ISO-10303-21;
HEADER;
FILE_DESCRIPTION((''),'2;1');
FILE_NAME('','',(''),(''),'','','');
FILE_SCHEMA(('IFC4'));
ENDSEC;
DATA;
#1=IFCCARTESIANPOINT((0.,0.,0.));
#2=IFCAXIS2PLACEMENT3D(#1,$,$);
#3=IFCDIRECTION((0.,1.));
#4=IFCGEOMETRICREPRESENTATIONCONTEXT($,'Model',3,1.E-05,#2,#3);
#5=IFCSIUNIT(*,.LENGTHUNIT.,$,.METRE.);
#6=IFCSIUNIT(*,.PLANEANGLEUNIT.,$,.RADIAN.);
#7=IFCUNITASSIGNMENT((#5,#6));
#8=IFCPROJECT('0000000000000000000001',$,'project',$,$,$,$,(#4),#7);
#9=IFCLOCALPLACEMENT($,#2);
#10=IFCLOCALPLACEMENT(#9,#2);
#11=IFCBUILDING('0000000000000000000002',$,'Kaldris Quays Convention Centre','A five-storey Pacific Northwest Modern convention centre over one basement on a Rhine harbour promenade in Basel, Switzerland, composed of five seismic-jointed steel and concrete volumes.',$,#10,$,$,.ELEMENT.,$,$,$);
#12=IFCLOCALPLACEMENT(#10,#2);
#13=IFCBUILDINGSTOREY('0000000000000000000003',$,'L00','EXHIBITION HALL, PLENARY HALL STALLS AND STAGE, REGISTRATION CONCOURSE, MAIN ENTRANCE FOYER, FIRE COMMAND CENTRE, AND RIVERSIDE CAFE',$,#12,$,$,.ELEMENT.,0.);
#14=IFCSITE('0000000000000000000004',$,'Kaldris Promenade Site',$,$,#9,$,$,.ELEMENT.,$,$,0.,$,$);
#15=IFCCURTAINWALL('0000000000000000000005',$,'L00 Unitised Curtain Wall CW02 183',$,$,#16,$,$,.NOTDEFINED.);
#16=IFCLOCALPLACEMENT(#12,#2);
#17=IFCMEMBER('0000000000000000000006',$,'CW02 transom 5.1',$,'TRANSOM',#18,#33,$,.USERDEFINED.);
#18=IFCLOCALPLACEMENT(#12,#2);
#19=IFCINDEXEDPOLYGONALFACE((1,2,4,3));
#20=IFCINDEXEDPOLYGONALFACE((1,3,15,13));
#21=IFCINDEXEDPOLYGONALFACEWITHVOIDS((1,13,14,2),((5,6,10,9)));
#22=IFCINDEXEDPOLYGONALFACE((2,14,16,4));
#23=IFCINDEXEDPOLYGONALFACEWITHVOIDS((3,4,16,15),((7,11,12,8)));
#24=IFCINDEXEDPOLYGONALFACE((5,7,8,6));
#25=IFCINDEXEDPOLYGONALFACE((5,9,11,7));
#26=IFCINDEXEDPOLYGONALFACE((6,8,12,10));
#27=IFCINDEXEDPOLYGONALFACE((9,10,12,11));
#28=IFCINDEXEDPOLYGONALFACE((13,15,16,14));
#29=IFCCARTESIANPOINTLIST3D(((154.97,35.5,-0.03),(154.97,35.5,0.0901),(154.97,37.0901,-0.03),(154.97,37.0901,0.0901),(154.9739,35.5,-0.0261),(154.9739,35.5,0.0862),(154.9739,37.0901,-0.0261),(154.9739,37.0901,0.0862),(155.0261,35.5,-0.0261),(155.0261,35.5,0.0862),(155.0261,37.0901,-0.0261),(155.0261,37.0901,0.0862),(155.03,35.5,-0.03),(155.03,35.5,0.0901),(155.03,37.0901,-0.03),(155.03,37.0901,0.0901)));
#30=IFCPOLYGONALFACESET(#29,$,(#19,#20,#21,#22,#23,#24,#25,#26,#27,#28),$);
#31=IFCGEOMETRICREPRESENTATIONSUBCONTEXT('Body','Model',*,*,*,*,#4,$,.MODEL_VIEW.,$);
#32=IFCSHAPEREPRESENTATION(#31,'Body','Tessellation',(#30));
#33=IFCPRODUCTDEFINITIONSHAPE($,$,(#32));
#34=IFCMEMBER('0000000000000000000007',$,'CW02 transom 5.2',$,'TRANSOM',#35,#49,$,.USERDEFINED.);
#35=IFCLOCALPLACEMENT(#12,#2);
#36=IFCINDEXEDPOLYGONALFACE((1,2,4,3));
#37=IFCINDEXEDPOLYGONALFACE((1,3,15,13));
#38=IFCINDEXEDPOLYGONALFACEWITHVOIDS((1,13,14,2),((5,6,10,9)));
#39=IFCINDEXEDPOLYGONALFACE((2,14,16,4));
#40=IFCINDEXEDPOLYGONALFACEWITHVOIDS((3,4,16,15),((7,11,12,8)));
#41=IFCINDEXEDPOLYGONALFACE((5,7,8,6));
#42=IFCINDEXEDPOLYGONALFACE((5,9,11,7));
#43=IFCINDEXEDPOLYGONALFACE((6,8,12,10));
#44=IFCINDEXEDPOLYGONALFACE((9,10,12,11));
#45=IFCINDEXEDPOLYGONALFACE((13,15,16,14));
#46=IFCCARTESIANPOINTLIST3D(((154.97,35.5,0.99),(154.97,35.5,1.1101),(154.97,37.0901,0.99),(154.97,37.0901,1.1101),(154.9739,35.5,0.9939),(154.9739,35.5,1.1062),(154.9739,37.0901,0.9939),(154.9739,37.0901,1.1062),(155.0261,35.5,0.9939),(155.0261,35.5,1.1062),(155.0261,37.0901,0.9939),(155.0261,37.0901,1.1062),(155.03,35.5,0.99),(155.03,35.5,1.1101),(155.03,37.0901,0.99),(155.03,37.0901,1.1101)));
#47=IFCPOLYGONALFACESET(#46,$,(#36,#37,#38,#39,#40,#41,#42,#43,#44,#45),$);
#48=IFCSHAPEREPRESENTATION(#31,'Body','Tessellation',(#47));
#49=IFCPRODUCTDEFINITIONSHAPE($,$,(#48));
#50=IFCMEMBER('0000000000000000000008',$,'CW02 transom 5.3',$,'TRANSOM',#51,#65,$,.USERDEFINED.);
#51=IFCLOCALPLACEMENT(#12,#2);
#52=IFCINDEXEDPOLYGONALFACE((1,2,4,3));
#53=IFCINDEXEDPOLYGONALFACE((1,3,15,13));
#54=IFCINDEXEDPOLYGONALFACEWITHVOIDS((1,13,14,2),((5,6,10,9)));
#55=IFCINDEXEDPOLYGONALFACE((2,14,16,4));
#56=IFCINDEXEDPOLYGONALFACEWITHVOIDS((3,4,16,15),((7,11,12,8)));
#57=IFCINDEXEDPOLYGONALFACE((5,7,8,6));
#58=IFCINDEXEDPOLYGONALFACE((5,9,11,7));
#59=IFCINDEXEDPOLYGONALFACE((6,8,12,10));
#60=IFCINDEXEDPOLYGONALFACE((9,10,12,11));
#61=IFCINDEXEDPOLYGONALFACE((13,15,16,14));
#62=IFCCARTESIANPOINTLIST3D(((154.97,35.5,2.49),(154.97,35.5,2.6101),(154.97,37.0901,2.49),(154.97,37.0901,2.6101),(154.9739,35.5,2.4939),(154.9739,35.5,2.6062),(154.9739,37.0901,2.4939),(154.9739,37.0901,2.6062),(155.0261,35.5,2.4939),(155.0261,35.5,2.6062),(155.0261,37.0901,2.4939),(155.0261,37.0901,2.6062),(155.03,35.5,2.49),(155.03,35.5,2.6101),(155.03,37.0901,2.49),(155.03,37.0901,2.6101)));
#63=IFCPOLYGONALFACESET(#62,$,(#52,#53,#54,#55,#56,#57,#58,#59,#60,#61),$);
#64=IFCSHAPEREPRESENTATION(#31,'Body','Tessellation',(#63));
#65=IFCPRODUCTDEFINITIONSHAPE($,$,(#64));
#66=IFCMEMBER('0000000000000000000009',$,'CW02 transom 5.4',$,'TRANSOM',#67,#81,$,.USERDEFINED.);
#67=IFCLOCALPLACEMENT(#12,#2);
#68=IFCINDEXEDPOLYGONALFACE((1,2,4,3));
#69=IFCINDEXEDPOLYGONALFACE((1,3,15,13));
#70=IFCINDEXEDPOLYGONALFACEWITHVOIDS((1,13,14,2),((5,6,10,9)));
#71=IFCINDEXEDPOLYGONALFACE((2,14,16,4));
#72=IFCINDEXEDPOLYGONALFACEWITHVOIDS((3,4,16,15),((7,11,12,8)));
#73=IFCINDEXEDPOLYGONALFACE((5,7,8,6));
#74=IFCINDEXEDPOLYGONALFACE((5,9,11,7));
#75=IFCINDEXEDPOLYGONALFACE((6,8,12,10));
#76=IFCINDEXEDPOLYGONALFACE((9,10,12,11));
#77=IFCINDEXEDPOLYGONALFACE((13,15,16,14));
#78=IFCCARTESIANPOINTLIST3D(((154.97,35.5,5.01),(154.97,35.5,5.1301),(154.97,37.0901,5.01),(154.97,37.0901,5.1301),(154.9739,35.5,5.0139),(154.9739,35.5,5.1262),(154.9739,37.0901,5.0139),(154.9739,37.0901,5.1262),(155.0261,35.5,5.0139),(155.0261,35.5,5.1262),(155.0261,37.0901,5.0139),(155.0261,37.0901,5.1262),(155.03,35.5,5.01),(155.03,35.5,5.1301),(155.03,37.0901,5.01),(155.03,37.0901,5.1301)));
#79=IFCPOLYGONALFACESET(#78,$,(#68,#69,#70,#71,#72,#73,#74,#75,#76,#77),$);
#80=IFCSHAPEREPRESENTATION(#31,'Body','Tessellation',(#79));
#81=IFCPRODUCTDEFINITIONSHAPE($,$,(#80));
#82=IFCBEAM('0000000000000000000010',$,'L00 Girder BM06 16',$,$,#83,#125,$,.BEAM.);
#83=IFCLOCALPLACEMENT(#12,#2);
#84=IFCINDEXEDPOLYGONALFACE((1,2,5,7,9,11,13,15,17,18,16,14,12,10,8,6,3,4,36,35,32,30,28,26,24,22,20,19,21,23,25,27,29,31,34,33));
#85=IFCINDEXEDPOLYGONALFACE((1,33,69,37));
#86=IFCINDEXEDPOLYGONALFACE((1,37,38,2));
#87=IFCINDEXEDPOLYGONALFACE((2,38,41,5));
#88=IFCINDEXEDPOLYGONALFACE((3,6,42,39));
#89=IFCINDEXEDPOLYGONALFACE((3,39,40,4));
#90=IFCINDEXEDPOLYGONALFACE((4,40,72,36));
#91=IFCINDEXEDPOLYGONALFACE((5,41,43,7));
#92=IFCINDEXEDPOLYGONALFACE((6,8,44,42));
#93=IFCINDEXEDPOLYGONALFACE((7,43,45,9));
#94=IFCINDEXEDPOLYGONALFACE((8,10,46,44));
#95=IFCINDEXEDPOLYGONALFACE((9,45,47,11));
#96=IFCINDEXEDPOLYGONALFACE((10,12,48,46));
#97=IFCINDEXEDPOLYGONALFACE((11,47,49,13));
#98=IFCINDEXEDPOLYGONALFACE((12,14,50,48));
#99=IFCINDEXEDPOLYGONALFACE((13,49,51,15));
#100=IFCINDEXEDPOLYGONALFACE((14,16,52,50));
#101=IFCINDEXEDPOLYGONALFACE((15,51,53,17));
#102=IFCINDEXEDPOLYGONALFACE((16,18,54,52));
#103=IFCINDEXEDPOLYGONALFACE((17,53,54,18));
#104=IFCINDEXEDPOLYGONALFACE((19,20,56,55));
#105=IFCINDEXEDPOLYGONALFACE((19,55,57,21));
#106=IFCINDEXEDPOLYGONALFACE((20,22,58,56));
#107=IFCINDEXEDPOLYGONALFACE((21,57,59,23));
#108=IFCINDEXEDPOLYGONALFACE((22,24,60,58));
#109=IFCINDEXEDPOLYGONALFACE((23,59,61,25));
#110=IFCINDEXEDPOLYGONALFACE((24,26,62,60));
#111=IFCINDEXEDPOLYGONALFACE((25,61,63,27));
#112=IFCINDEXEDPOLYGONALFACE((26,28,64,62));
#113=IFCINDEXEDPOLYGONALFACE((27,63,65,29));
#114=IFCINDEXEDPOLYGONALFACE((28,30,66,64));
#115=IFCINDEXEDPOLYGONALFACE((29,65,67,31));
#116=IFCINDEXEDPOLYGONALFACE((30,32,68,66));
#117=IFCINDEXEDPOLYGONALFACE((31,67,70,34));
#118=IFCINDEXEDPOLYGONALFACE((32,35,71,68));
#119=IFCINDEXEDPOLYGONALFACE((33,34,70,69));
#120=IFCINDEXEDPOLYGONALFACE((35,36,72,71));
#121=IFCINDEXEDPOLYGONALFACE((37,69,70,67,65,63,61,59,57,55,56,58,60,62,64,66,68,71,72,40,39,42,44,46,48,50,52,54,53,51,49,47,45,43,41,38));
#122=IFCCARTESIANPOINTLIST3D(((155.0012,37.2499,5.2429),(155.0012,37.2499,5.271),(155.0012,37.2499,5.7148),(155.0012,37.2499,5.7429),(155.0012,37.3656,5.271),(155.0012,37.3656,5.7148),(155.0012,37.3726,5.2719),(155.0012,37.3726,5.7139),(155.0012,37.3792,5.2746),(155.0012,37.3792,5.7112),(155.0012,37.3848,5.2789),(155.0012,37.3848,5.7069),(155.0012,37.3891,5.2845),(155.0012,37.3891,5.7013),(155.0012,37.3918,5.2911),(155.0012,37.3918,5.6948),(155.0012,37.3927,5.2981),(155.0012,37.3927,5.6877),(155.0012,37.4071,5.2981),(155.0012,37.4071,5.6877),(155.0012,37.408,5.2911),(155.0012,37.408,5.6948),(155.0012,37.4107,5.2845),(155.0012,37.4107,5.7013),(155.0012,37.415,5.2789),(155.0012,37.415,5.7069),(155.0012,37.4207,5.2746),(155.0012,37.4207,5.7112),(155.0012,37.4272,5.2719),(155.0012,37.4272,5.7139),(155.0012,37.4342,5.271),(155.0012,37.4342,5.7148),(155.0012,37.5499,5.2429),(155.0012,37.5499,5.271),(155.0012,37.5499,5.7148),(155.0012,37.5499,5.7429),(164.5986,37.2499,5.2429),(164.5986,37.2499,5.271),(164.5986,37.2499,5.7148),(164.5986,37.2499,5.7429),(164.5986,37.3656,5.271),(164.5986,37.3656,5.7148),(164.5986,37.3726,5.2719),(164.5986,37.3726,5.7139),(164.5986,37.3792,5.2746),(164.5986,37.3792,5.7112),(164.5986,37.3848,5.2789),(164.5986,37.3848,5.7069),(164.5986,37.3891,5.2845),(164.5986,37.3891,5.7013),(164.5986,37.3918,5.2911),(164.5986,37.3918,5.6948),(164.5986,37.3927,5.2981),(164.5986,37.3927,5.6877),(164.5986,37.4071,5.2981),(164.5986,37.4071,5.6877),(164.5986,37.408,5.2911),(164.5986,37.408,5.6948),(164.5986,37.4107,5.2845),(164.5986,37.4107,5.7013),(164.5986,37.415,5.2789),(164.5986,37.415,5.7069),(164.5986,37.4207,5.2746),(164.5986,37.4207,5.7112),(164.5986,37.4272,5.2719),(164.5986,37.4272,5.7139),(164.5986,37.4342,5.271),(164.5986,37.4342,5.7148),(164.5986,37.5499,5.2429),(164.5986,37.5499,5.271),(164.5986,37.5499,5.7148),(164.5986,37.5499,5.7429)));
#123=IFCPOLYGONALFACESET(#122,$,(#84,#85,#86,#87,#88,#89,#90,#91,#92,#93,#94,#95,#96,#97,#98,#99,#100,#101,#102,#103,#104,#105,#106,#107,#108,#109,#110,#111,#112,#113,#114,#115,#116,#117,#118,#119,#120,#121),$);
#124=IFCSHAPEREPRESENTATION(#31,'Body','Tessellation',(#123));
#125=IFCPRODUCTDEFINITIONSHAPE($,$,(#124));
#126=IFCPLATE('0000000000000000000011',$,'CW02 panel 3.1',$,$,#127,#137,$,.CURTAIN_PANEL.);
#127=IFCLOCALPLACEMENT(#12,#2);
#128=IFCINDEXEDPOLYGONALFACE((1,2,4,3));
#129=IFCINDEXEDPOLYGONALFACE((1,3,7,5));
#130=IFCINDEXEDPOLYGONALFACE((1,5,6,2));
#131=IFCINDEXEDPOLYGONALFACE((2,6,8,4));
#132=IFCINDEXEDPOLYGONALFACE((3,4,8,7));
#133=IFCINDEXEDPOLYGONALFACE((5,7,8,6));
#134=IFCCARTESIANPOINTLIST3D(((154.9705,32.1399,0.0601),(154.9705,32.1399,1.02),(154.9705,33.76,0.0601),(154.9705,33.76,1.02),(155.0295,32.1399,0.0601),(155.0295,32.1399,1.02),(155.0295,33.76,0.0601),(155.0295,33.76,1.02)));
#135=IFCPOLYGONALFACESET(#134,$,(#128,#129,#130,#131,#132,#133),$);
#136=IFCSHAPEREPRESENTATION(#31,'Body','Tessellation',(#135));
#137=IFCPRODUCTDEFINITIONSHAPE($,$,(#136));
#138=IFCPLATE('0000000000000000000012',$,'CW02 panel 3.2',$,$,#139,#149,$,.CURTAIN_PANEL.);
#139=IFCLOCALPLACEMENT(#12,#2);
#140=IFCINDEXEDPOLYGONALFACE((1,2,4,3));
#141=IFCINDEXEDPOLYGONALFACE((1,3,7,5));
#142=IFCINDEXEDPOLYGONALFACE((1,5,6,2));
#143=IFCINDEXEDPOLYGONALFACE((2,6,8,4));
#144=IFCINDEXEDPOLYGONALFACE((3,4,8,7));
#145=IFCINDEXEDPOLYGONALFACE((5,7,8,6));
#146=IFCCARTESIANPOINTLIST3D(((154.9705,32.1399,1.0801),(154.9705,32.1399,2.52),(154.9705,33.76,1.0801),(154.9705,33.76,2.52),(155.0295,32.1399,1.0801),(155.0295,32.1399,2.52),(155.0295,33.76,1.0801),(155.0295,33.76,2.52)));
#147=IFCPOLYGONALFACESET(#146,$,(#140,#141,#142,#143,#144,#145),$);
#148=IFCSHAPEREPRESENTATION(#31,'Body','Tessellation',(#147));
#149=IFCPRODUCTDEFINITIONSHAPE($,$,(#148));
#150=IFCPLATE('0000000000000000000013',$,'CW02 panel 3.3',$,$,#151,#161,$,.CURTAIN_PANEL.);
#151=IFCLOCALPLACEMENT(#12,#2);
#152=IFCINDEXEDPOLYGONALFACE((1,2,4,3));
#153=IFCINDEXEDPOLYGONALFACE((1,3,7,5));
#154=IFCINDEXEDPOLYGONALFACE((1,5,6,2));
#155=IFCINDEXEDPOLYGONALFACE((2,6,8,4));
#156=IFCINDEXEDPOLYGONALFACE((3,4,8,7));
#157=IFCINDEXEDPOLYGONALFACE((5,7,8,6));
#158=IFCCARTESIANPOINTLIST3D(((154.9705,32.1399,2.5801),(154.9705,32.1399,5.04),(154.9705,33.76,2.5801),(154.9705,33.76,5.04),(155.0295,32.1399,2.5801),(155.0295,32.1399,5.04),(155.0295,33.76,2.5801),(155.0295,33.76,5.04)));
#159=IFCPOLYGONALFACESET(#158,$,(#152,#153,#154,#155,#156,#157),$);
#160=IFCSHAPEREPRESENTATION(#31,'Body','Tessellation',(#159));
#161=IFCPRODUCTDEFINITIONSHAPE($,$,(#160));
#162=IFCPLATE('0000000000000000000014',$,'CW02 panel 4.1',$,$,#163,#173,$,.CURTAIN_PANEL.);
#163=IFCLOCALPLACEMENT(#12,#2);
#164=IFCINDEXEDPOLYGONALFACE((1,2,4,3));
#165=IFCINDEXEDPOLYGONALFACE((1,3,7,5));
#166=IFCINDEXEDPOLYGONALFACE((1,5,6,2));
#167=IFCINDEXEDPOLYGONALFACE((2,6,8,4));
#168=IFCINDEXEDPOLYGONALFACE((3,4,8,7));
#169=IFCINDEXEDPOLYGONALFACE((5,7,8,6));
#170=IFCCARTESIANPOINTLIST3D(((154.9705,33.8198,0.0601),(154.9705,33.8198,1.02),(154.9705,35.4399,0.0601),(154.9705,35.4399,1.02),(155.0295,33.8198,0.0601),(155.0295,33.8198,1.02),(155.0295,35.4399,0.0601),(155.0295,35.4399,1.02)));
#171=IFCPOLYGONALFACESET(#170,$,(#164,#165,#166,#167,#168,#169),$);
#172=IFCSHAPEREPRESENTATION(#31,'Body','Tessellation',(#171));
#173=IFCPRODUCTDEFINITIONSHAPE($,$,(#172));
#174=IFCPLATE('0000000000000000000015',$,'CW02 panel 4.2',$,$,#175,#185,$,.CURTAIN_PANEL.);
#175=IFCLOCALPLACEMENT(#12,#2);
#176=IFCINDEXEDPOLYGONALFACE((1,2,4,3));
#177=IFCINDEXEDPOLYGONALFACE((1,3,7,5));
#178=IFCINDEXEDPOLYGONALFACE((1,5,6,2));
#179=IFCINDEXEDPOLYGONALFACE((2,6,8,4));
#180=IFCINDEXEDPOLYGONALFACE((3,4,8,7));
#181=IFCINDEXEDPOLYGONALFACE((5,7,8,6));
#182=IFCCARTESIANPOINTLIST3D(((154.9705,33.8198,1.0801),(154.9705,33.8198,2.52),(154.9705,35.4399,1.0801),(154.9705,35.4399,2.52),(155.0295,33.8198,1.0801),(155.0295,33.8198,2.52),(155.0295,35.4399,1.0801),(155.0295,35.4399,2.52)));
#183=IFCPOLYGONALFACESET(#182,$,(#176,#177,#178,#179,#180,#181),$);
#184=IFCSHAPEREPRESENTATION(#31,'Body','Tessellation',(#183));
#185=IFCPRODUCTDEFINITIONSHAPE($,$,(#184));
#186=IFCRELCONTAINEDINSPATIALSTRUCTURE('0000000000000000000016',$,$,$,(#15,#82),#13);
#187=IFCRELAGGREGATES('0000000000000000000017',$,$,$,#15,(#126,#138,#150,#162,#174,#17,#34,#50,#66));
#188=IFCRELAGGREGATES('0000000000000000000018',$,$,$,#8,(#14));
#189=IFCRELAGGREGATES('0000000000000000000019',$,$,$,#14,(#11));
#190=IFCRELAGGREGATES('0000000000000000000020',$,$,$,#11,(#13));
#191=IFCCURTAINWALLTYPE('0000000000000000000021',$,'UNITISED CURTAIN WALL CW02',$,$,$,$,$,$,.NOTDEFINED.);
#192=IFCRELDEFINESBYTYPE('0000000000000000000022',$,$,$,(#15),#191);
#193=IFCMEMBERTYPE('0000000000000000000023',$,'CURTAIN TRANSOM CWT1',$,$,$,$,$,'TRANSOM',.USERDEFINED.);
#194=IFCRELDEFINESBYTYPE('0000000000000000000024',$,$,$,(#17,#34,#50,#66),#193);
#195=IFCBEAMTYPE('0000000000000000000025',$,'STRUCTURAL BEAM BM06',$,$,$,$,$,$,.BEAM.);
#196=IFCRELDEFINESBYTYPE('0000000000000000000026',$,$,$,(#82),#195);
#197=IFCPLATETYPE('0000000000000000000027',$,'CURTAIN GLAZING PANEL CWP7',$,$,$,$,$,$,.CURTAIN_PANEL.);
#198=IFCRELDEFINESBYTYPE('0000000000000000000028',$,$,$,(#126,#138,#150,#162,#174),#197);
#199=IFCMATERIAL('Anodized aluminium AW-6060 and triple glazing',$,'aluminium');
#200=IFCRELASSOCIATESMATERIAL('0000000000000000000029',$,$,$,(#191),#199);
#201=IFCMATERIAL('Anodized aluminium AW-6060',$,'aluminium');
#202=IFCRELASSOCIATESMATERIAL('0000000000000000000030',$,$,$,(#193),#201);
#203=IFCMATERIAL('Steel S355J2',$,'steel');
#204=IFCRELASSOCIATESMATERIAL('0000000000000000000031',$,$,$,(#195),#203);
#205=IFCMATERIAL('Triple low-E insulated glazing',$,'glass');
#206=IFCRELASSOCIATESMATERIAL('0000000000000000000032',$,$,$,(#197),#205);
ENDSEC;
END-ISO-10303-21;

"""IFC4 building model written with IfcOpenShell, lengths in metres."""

from ifc_helpers import new_model, si_unit, direction, frame, origin, origin_2d, place, context, subcontext, project, spatial, rectangle, hollow_rectangle, i_section, extrude, material, material_profile, profile_set, type_object, element, aggregate, save


model = new_model("IFC4")

# Units and contexts
model_context = context("Model", 3, precision=1e-05, world=origin(), true_north=direction((0.0, 1.0)))
body_context = subcontext(model_context, "Body", "Model", "MODEL_VIEW")
ifc_project = project(units=[si_unit("LENGTHUNIT", "METRE"), si_unit("PLANEANGLEUNIT", "RADIAN")], contexts=[model_context])

# Site, building, storey
site_placement = place(None, origin())
site = spatial("IfcSite", under=ifc_project, at=site_placement, Name="Kaldris Promenade Site", CompositionType="ELEMENT", RefElevation=0.0)
building_placement = place(site_placement, origin())
building = spatial("IfcBuilding", under=site, at=building_placement, Name="Kaldris Quays Convention Centre", Description="A five-storey Pacific Northwest Modern convention centre over one basement on a Rhine harbour promenade in Basel, Switzerland, composed of five seismic-jointed steel and concrete volumes.", CompositionType="ELEMENT")
storey_placement = place(building_placement, origin())
storey = spatial("IfcBuildingStorey", under=building, at=storey_placement, Name="L00", Description="EXHIBITION HALL, PLENARY HALL STALLS AND STAGE, REGISTRATION CONCOURSE, MAIN ENTRANCE FOYER, FIRE COMMAND CENTRE, AND RIVERSIDE CAFE", CompositionType="ELEMENT", Elevation=0.0)

# Shared definitions
ifc_material_1 = material(Name="Steel S355J2", Category="steel")

# Curtain wall, members
ifc_material_2 = material(Name="Anodized aluminium AW-6060 and triple glazing", Category="aluminium")
curtain_wall_type = type_object("IfcCurtainWallType", Name="UNITISED CURTAIN WALL CW02", PredefinedType="NOTDEFINED", material=ifc_material_2)
curtain_wall_placement = place(storey_placement, origin())
curtain_wall = element("IfcCurtainWall", 1, at=curtain_wall_placement, inside=storey, type_object=curtain_wall_type, Name="L00 Unitised Curtain Wall CW02 183", PredefinedType="NOTDEFINED")
ifc_material_3 = material(Name="Anodized aluminium AW-6060", Category="aluminium")
ifc_material_profile_1 = material_profile(ifc_material_3, hollow_rectangle(XDim=0.0601, YDim=0.1201, WallThickness=0.0039, at=origin_2d()), Name="RHS 120x60x4")
ifc_profile_set_1 = profile_set([ifc_material_profile_1], Name="Anodized aluminium AW-6060")
member_type_1 = type_object("IfcMemberType", Name="CURTAIN TRANSOM CWT1", ElementType="TRANSOM", PredefinedType="USERDEFINED", material=ifc_profile_set_1)
member_1_placement = place(storey_placement, frame((155.0, 35.5, 0.03), z_axis=(0.0, 1.0, 0.0), x_axis=(-1.0, 0.0, 0.0)))
member_1 = element("IfcMember", 2, at=member_1_placement, type_object=member_type_1, Name="CW02 transom 5.1", ObjectType="TRANSOM", PredefinedType="USERDEFINED", context=body_context, shape_type="SweptSolid", body=[
    extrude(hollow_rectangle(XDim=0.0601, YDim=0.1201, WallThickness=0.0039, at=origin_2d()), origin(), (0.0, 0.0, 1.0), 1.5901),
])
member_2_placement = place(storey_placement, frame((155.0, 35.5, 1.05), z_axis=(0.0, 1.0, 0.0), x_axis=(-1.0, 0.0, 0.0)))
member_2 = element("IfcMember", 3, at=member_2_placement, type_object=member_type_1, Name="CW02 transom 5.2", ObjectType="TRANSOM", PredefinedType="USERDEFINED", context=body_context, shape_type="SweptSolid", body=[
    extrude(hollow_rectangle(XDim=0.0601, YDim=0.1201, WallThickness=0.0039, at=origin_2d()), origin(), (0.0, 0.0, 1.0), 1.5901),
])
member_3_placement = place(storey_placement, frame((155.0, 35.5, 2.55), z_axis=(0.0, 1.0, 0.0), x_axis=(-1.0, 0.0, 0.0)))
member_3 = element("IfcMember", 4, at=member_3_placement, type_object=member_type_1, Name="CW02 transom 5.3", ObjectType="TRANSOM", PredefinedType="USERDEFINED", context=body_context, shape_type="SweptSolid", body=[
    extrude(hollow_rectangle(XDim=0.0601, YDim=0.1201, WallThickness=0.0039, at=origin_2d()), origin(), (0.0, 0.0, 1.0), 1.5901),
])
member_4_placement = place(storey_placement, frame((155.0, 35.5, 5.0701), z_axis=(0.0, 1.0, 0.0), x_axis=(-1.0, 0.0, 0.0)))
member_4 = element("IfcMember", 5, at=member_4_placement, type_object=member_type_1, Name="CW02 transom 5.4", ObjectType="TRANSOM", PredefinedType="USERDEFINED", context=body_context, shape_type="SweptSolid", body=[
    extrude(hollow_rectangle(XDim=0.0601, YDim=0.1201, WallThickness=0.0039, at=origin_2d()), origin(), (0.0, 0.0, 1.0), 1.5901),
])

# Beam
ifc_material_profile_2 = material_profile(ifc_material_1, i_section(OverallWidth=0.3, OverallDepth=0.5, WebThickness=0.0144, FlangeThickness=0.0281, FilletRadius=0.0271, at=origin_2d()), Name="HEB 500")
ifc_profile_set_2 = profile_set([ifc_material_profile_2], Name="Steel S355J2")
beam_type = type_object("IfcBeamType", Name="STRUCTURAL BEAM BM06", PredefinedType="BEAM", material=ifc_profile_set_2)
beam_placement = place(storey_placement, frame((155.0012, 37.3999, 5.4929), z_axis=(1.0, 0.0, 0.0), x_axis=(0.0, 1.0, 0.0)))
element("IfcBeam", 6, at=beam_placement, inside=storey, type_object=beam_type, Name="L00 Girder BM06 16", PredefinedType="BEAM", context=body_context, shape_type="SweptSolid", body=[
    extrude(i_section(OverallWidth=0.3, OverallDepth=0.5, WebThickness=0.0144, FlangeThickness=0.0281, FilletRadius=0.0271, at=origin_2d()), origin(), (0.0, 0.0, 1.0), 9.5974),
])

# Plates
ifc_material_4 = material(Name="Triple low-E insulated glazing", Category="glass")
plate_type = type_object("IfcPlateType", Name="CURTAIN GLAZING PANEL CWP7", PredefinedType="CURTAIN_PANEL", material=ifc_material_4)
plate_1_placement = place(storey_placement, frame((155.0, 32.95, 0.0601), z_axis=(0.0, 0.0, 1.0), x_axis=(0.0, 1.0, 0.0)))
plate_1 = element("IfcPlate", 7, at=plate_1_placement, type_object=plate_type, Name="CW02 panel 3.1", PredefinedType="CURTAIN_PANEL", context=body_context, shape_type="SweptSolid", body=[
    extrude(rectangle(XDim=1.6201, YDim=0.0591, at=origin_2d()), origin(), (0.0, 0.0, 1.0), 0.96),
])
plate_2_placement = place(storey_placement, frame((155.0, 32.95, 1.0801), z_axis=(0.0, 0.0, 1.0), x_axis=(0.0, 1.0, 0.0)))
plate_2 = element("IfcPlate", 8, at=plate_2_placement, type_object=plate_type, Name="CW02 panel 3.2", PredefinedType="CURTAIN_PANEL", context=body_context, shape_type="SweptSolid", body=[
    extrude(rectangle(XDim=1.6201, YDim=0.0591, at=origin_2d()), origin(), (0.0, 0.0, 1.0), 1.4399),
])
plate_3_placement = place(storey_placement, frame((155.0, 32.95, 2.5801), z_axis=(0.0, 0.0, 1.0), x_axis=(0.0, 1.0, 0.0)))
plate_3 = element("IfcPlate", 9, at=plate_3_placement, type_object=plate_type, Name="CW02 panel 3.3", PredefinedType="CURTAIN_PANEL", context=body_context, shape_type="SweptSolid", body=[
    extrude(rectangle(XDim=1.6201, YDim=0.0591, at=origin_2d()), origin(), (0.0, 0.0, 1.0), 2.46),
])
plate_4_placement = place(storey_placement, frame((155.0, 34.6299, 0.0601), z_axis=(0.0, 0.0, 1.0), x_axis=(0.0, 1.0, 0.0)))
plate_4 = element("IfcPlate", 10, at=plate_4_placement, type_object=plate_type, Name="CW02 panel 4.1", PredefinedType="CURTAIN_PANEL", context=body_context, shape_type="SweptSolid", body=[
    extrude(rectangle(XDim=1.6201, YDim=0.0591, at=origin_2d()), origin(), (0.0, 0.0, 1.0), 0.96),
])
plate_5_placement = place(storey_placement, frame((155.0, 34.6299, 1.0801), z_axis=(0.0, 0.0, 1.0), x_axis=(0.0, 1.0, 0.0)))
plate_5 = element("IfcPlate", 11, at=plate_5_placement, type_object=plate_type, Name="CW02 panel 4.2", PredefinedType="CURTAIN_PANEL", context=body_context, shape_type="SweptSolid", body=[
    extrude(rectangle(XDim=1.6201, YDim=0.0591, at=origin_2d()), origin(), (0.0, 0.0, 1.0), 1.4399),
])
aggregate(curtain_wall, [plate_1, plate_2, plate_3, plate_4, plate_5, member_1, member_2, member_3, member_4])

save(model, "model.ifc")
